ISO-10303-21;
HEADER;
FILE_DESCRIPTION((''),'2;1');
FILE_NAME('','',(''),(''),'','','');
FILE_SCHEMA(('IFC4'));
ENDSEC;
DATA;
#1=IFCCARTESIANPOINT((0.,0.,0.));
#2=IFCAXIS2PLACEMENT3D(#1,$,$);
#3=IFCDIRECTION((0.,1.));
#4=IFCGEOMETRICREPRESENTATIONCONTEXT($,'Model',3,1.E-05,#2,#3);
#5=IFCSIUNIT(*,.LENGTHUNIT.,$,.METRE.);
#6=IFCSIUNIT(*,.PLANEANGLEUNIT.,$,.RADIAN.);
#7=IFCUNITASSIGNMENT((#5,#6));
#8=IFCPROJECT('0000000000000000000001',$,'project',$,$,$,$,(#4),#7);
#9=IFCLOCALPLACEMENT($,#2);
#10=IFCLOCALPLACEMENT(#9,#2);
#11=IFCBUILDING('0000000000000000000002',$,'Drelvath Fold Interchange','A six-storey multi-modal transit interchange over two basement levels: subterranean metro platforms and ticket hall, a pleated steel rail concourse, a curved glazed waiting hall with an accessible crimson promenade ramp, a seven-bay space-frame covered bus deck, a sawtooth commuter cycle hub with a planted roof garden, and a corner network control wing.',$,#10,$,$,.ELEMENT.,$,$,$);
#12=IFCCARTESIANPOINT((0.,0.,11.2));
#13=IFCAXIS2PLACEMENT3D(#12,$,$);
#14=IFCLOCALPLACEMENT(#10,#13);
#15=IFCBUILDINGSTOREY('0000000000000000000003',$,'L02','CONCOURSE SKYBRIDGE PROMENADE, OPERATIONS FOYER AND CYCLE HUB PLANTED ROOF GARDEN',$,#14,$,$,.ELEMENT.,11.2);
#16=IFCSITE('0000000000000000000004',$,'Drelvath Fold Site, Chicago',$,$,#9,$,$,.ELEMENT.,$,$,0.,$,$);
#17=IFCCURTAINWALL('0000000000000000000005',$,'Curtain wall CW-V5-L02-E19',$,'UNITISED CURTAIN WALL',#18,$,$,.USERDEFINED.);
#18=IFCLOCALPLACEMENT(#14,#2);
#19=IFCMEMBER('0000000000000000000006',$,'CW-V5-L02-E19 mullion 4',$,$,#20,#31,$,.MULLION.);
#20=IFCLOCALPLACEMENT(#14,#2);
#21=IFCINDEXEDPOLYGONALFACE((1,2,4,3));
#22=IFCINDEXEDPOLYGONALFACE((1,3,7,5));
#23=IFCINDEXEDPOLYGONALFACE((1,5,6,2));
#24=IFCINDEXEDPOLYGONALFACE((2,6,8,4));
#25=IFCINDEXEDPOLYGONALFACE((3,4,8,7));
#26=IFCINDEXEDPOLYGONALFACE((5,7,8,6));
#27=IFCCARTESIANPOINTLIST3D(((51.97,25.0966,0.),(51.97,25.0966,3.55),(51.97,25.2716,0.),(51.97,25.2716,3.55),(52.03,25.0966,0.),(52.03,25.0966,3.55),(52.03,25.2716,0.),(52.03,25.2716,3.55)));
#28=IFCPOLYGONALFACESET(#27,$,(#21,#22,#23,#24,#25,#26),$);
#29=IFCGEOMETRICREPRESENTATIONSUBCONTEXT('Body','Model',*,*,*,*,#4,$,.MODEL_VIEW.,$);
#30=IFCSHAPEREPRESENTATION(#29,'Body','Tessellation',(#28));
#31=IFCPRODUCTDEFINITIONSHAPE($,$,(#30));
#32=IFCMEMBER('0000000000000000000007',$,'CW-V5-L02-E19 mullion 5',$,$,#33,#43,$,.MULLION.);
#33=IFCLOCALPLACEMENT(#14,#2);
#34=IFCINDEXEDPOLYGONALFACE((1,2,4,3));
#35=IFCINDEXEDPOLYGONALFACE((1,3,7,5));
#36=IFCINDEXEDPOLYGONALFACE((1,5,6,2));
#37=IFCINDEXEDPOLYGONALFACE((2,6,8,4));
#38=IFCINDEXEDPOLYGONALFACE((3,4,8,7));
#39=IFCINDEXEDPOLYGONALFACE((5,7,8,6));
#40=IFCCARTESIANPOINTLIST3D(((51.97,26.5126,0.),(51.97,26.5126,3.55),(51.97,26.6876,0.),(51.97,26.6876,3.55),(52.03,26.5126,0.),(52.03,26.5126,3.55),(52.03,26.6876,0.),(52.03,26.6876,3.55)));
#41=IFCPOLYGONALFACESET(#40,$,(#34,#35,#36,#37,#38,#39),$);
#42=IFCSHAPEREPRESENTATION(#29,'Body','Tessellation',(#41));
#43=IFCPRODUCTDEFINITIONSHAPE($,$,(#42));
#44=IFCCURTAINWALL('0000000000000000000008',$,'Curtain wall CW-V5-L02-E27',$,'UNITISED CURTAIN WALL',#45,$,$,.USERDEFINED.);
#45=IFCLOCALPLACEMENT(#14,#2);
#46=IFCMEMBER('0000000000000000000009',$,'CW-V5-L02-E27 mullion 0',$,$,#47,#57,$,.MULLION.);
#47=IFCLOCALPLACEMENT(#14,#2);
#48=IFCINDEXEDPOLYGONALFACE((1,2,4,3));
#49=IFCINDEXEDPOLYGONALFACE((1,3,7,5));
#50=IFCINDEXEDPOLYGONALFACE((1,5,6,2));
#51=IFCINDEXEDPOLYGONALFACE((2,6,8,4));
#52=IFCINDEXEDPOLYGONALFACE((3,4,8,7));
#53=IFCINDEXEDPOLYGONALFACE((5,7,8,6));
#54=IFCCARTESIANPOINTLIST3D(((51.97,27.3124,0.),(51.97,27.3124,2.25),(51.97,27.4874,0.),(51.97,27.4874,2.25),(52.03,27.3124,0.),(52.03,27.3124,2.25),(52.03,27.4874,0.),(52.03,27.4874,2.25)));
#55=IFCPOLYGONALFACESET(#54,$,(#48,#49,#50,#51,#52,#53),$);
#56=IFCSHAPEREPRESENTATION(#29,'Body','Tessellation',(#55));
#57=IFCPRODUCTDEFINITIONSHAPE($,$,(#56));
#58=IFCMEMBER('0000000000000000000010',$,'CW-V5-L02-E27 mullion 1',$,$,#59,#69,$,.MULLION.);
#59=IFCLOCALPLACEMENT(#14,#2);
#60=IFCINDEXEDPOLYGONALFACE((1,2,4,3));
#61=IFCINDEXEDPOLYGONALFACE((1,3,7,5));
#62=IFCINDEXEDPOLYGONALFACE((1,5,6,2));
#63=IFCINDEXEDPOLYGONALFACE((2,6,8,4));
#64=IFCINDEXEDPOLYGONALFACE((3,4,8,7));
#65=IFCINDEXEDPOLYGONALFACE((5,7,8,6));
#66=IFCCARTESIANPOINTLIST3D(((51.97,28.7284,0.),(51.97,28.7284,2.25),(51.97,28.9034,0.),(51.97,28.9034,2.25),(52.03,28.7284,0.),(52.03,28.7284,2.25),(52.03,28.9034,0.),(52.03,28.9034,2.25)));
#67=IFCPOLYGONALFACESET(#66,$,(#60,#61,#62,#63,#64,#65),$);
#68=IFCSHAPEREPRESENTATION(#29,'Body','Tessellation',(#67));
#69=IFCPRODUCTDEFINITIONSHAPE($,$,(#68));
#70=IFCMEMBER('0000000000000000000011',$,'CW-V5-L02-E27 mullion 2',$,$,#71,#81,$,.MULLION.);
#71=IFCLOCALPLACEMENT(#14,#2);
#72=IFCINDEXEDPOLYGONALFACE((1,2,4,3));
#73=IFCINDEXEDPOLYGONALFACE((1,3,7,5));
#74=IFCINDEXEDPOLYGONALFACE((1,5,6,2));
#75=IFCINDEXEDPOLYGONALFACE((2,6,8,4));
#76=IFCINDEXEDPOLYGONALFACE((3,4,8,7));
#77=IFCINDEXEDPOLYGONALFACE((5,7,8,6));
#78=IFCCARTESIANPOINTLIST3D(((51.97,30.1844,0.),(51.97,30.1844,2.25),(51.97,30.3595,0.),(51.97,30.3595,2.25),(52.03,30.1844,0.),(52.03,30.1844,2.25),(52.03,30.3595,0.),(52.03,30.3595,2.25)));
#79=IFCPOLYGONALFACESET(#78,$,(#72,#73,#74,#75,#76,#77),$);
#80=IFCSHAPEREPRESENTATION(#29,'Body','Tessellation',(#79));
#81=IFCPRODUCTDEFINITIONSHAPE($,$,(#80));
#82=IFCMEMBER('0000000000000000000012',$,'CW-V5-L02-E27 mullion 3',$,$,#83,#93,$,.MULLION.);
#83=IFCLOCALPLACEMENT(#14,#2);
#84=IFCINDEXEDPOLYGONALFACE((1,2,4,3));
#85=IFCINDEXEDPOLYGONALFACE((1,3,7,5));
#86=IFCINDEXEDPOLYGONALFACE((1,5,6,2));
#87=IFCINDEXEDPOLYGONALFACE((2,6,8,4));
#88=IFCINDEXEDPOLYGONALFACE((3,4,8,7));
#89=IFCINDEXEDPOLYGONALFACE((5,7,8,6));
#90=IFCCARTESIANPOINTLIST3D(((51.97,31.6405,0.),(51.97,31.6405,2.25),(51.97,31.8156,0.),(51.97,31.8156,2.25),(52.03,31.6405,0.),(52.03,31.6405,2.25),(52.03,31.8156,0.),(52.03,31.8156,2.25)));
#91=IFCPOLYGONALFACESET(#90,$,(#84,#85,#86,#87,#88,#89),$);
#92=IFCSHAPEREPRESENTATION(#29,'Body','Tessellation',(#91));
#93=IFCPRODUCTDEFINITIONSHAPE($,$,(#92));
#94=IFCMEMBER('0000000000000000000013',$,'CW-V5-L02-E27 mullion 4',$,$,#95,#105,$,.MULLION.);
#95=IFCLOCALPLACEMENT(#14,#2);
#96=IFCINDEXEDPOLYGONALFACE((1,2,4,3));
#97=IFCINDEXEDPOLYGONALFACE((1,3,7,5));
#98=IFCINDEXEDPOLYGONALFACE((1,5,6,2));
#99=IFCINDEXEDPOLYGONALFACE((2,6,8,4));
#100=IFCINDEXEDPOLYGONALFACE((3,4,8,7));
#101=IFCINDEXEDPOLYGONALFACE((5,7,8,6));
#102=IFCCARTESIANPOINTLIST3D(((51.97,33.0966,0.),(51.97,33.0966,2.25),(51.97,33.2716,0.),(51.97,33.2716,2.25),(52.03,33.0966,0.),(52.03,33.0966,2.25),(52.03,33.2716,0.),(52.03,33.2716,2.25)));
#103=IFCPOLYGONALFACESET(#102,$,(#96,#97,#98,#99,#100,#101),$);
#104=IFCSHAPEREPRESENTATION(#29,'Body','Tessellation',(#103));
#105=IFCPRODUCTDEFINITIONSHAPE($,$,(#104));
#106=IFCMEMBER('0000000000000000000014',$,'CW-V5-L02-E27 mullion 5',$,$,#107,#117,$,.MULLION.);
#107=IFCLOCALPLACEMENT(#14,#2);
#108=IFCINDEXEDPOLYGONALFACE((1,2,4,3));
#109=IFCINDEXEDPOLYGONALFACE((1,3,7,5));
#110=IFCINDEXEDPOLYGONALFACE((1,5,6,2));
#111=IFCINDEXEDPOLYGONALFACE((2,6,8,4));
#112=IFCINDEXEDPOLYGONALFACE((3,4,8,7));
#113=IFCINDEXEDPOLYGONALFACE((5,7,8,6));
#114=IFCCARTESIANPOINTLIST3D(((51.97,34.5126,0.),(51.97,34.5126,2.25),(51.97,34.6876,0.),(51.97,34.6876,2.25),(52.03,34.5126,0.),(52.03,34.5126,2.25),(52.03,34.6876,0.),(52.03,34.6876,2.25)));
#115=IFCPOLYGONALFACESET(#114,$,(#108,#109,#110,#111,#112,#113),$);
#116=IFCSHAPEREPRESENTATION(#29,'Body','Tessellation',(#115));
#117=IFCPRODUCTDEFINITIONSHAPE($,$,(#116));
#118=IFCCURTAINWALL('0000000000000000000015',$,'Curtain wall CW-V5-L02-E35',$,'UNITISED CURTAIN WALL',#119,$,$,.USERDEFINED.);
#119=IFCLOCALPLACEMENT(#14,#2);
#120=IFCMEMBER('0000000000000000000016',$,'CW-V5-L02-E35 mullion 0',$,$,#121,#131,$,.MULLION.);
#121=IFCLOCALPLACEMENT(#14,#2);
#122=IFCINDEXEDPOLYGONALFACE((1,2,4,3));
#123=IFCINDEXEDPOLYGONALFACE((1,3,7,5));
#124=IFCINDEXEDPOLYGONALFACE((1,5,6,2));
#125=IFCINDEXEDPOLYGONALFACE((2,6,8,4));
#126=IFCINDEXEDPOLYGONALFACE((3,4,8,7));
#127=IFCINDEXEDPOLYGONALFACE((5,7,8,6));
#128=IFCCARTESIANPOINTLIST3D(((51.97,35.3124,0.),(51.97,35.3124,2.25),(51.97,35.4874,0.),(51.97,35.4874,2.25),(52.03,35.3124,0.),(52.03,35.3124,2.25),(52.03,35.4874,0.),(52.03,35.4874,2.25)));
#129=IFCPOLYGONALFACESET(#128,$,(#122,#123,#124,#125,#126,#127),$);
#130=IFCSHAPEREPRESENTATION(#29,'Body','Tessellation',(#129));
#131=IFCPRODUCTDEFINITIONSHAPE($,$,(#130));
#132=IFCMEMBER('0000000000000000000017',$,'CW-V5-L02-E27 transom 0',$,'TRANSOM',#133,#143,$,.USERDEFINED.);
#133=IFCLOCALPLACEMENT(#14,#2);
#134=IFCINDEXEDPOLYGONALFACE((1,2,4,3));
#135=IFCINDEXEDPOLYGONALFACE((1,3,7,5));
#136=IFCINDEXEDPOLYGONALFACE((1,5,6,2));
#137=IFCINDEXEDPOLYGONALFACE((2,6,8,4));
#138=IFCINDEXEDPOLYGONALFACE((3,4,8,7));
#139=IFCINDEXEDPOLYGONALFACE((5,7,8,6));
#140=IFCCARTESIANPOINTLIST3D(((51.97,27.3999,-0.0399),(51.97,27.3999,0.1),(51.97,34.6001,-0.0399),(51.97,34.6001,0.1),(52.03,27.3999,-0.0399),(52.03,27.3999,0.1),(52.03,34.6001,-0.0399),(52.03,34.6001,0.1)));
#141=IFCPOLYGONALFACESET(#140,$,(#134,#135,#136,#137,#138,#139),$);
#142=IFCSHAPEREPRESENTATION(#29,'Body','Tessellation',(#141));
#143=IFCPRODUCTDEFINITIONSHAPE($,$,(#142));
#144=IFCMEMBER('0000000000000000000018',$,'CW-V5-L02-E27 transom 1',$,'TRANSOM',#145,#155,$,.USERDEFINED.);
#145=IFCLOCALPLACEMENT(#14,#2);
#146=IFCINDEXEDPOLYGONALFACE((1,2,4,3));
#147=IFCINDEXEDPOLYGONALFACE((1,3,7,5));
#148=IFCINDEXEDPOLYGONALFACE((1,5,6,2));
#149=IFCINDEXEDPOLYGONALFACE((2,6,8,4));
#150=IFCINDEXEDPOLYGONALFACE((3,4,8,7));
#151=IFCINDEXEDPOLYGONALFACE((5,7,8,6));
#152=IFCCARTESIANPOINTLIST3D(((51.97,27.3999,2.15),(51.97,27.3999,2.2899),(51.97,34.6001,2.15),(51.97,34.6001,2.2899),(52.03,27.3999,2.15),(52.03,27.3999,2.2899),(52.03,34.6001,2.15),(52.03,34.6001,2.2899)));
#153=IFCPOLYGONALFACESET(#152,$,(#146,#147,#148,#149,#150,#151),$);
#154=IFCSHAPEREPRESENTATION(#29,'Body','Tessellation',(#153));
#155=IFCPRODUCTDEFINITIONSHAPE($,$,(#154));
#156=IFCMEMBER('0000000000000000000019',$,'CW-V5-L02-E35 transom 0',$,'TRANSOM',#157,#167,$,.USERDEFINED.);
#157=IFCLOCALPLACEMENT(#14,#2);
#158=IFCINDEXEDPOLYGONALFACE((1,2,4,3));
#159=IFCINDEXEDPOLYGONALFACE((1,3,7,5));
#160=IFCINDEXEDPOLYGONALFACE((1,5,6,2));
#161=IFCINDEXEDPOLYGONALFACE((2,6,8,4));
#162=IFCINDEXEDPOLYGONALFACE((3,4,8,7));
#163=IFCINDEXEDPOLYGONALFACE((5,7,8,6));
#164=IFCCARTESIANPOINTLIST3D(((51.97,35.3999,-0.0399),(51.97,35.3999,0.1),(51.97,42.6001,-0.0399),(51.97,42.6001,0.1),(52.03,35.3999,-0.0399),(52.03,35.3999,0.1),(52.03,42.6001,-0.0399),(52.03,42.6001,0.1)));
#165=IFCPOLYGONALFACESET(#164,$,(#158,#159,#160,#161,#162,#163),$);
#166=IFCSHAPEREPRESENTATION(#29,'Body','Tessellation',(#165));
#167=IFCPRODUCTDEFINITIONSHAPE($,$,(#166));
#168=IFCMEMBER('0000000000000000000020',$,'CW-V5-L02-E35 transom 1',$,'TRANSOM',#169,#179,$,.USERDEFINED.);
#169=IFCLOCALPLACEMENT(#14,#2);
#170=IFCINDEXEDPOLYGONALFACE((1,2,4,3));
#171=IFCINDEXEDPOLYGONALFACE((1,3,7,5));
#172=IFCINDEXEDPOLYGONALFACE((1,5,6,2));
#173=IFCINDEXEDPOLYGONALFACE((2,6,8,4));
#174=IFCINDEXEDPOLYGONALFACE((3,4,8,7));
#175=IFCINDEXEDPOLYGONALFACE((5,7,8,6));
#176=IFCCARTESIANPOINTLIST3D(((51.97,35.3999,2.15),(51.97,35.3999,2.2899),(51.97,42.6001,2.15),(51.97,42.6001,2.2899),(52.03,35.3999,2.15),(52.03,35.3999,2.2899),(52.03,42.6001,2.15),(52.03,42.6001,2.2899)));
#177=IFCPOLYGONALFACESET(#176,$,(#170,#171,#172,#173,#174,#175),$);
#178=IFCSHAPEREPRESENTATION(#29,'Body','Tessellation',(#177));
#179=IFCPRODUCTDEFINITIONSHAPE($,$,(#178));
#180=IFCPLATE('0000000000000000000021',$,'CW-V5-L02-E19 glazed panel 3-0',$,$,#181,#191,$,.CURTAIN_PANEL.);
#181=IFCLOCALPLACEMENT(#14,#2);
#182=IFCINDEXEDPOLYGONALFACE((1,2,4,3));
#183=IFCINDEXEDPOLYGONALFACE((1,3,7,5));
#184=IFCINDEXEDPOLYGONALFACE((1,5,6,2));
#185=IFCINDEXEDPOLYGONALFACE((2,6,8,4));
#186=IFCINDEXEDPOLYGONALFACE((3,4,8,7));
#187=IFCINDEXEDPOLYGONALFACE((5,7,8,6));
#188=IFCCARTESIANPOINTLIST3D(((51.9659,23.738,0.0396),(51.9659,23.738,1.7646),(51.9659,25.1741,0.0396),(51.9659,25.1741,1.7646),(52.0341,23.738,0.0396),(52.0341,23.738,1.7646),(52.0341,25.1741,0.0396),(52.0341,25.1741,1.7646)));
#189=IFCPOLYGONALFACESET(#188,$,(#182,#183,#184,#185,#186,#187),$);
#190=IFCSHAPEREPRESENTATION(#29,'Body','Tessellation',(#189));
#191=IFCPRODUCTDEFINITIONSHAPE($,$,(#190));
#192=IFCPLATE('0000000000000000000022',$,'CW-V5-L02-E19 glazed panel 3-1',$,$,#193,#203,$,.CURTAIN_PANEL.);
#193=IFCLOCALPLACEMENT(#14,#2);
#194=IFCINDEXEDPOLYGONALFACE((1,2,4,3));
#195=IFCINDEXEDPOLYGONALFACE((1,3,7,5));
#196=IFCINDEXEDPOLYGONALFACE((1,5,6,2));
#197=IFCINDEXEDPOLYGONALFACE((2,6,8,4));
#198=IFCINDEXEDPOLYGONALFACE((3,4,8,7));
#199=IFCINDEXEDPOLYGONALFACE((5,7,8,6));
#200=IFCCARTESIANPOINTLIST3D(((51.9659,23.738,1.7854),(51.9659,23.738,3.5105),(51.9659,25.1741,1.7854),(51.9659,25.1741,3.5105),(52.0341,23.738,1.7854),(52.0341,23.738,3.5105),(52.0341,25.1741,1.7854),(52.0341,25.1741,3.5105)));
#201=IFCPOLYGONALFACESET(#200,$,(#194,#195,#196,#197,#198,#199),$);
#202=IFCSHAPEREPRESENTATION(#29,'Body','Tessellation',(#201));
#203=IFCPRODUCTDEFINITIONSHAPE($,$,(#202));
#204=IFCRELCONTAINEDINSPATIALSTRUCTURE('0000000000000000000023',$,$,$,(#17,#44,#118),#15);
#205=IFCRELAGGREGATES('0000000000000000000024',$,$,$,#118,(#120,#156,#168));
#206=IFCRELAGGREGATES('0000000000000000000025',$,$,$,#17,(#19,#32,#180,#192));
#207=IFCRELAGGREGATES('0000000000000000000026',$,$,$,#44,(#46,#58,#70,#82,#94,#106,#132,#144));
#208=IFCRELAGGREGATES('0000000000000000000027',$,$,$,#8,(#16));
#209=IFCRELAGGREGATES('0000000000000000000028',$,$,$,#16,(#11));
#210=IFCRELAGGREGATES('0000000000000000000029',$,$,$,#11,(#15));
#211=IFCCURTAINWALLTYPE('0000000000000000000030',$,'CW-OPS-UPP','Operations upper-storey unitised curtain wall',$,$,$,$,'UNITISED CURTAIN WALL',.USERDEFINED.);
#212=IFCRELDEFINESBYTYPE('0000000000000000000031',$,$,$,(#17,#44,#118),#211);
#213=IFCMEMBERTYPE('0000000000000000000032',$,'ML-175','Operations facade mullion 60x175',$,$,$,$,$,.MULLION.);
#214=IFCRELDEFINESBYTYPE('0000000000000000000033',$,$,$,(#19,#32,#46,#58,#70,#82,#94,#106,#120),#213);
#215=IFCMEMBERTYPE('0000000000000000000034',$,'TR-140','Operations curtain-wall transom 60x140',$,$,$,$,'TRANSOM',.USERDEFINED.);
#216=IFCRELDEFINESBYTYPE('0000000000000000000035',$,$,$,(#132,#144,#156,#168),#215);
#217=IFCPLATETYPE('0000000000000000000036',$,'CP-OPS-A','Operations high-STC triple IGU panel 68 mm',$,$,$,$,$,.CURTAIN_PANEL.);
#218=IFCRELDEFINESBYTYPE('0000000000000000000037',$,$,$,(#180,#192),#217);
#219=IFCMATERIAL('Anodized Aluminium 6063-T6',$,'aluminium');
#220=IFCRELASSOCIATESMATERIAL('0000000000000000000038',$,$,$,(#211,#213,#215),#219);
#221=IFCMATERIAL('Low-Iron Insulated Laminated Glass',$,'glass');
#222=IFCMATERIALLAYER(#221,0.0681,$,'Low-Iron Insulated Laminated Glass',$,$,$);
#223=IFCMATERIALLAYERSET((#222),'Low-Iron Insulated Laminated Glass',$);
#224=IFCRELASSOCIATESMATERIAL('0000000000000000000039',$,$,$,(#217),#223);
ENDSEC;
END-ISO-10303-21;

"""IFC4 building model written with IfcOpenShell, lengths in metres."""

from ifc_helpers import new_model, si_unit, direction, frame, origin, origin_2d, place, context, subcontext, project, spatial, rectangle, extrude, material, layer, layer_set, material_profile, profile_set, type_object, element, aggregate, save


model = new_model("IFC4")

# Units and contexts
model_context = context("Model", 3, precision=1e-05, world=origin(), true_north=direction((0.0, 1.0)))
body_context = subcontext(model_context, "Body", "Model", "MODEL_VIEW")
ifc_project = project(units=[si_unit("LENGTHUNIT", "METRE"), si_unit("PLANEANGLEUNIT", "RADIAN")], contexts=[model_context])

# Site, building, storey
site_placement = place(None, origin())
site = spatial("IfcSite", under=ifc_project, at=site_placement, Name="Drelvath Fold Site, Chicago", CompositionType="ELEMENT", RefElevation=0.0)
building_placement = place(site_placement, origin())
building = spatial("IfcBuilding", under=site, at=building_placement, Name="Drelvath Fold Interchange", Description="A six-storey multi-modal transit interchange over two basement levels: subterranean metro platforms and ticket hall, a pleated steel rail concourse, a curved glazed waiting hall with an accessible crimson promenade ramp, a seven-bay space-frame covered bus deck, a sawtooth commuter cycle hub with a planted roof garden, and a corner network control wing.", CompositionType="ELEMENT")
storey_placement = place(building_placement, frame((0.0, 0.0, 11.2)))
storey = spatial("IfcBuildingStorey", under=building, at=storey_placement, Name="L02", Description="CONCOURSE SKYBRIDGE PROMENADE, OPERATIONS FOYER AND CYCLE HUB PLANTED ROOF GARDEN", CompositionType="ELEMENT", Elevation=11.2)

# Curtain walls, members
ifc_material_1 = material(Name="Anodized Aluminium 6063-T6", Category="aluminium")
curtain_wall_type = type_object("IfcCurtainWallType", Name="CW-OPS-UPP", Description="Operations upper-storey unitised curtain wall", ElementType="UNITISED CURTAIN WALL", PredefinedType="USERDEFINED", material=ifc_material_1)
curtain_wall_1_placement = place(storey_placement, origin())
curtain_wall_1 = element("IfcCurtainWall", 1, at=curtain_wall_1_placement, inside=storey, type_object=curtain_wall_type, Name="Curtain wall CW-V5-L02-E19", ObjectType="UNITISED CURTAIN WALL", PredefinedType="USERDEFINED")
ifc_material_profile_1 = material_profile(ifc_material_1, rectangle(XDim=0.0601, YDim=0.175, at=origin_2d()), Name="AL-M 60x175")
ifc_profile_set_1 = profile_set([ifc_material_profile_1], Name="Anodized Aluminium 6063-T6")
member_type_1 = type_object("IfcMemberType", Name="ML-175", Description="Operations facade mullion 60x175", PredefinedType="MULLION", material=ifc_profile_set_1)
member_1_placement = place(storey_placement, frame((52.0, 25.1841, 0.0), z_axis=(0.0, 0.0, 1.0), x_axis=(1.0, 0.0, 0.0)))
member_1 = element("IfcMember", 2, at=member_1_placement, type_object=member_type_1, Name="CW-V5-L02-E19 mullion 4", PredefinedType="MULLION", context=body_context, shape_type="SweptSolid", body=[
    extrude(rectangle(XDim=0.0601, YDim=0.175, at=origin_2d()), origin(), (0.0, 0.0, 1.0), 3.55),
])
member_2_placement = place(storey_placement, frame((52.0, 26.6001, 0.0), z_axis=(0.0, 0.0, 1.0), x_axis=(1.0, 0.0, 0.0)))
member_2 = element("IfcMember", 3, at=member_2_placement, type_object=member_type_1, Name="CW-V5-L02-E19 mullion 5", PredefinedType="MULLION", context=body_context, shape_type="SweptSolid", body=[
    extrude(rectangle(XDim=0.0601, YDim=0.175, at=origin_2d()), origin(), (0.0, 0.0, 1.0), 3.55),
])
curtain_wall_2_placement = place(storey_placement, origin())
curtain_wall_2 = element("IfcCurtainWall", 4, at=curtain_wall_2_placement, inside=storey, type_object=curtain_wall_type, Name="Curtain wall CW-V5-L02-E27", ObjectType="UNITISED CURTAIN WALL", PredefinedType="USERDEFINED")
member_3_placement = place(storey_placement, frame((52.0, 27.3999, 0.0), z_axis=(0.0, 0.0, 1.0), x_axis=(1.0, 0.0, 0.0)))
member_3 = element("IfcMember", 5, at=member_3_placement, type_object=member_type_1, Name="CW-V5-L02-E27 mullion 0", PredefinedType="MULLION", context=body_context, shape_type="SweptSolid", body=[
    extrude(rectangle(XDim=0.0601, YDim=0.175, at=origin_2d()), origin(), (0.0, 0.0, 1.0), 2.25),
])
member_4_placement = place(storey_placement, frame((52.0, 28.8159, 0.0), z_axis=(0.0, 0.0, 1.0), x_axis=(1.0, 0.0, 0.0)))
member_4 = element("IfcMember", 6, at=member_4_placement, type_object=member_type_1, Name="CW-V5-L02-E27 mullion 1", PredefinedType="MULLION", context=body_context, shape_type="SweptSolid", body=[
    extrude(rectangle(XDim=0.0601, YDim=0.175, at=origin_2d()), origin(), (0.0, 0.0, 1.0), 2.25),
])
member_5_placement = place(storey_placement, frame((52.0, 30.272, 0.0), z_axis=(0.0, 0.0, 1.0), x_axis=(1.0, 0.0, 0.0)))
member_5 = element("IfcMember", 7, at=member_5_placement, type_object=member_type_1, Name="CW-V5-L02-E27 mullion 2", PredefinedType="MULLION", context=body_context, shape_type="SweptSolid", body=[
    extrude(rectangle(XDim=0.0601, YDim=0.175, at=origin_2d()), origin(), (0.0, 0.0, 1.0), 2.25),
])
member_6_placement = place(storey_placement, frame((52.0, 31.728, 0.0), z_axis=(0.0, 0.0, 1.0), x_axis=(1.0, 0.0, 0.0)))
member_6 = element("IfcMember", 8, at=member_6_placement, type_object=member_type_1, Name="CW-V5-L02-E27 mullion 3", PredefinedType="MULLION", context=body_context, shape_type="SweptSolid", body=[
    extrude(rectangle(XDim=0.0601, YDim=0.175, at=origin_2d()), origin(), (0.0, 0.0, 1.0), 2.25),
])
member_7_placement = place(storey_placement, frame((52.0, 33.1841, 0.0), z_axis=(0.0, 0.0, 1.0), x_axis=(1.0, 0.0, 0.0)))
member_7 = element("IfcMember", 9, at=member_7_placement, type_object=member_type_1, Name="CW-V5-L02-E27 mullion 4", PredefinedType="MULLION", context=body_context, shape_type="SweptSolid", body=[
    extrude(rectangle(XDim=0.0601, YDim=0.175, at=origin_2d()), origin(), (0.0, 0.0, 1.0), 2.25),
])
member_8_placement = place(storey_placement, frame((52.0, 34.6001, 0.0), z_axis=(0.0, 0.0, 1.0), x_axis=(1.0, 0.0, 0.0)))
member_8 = element("IfcMember", 10, at=member_8_placement, type_object=member_type_1, Name="CW-V5-L02-E27 mullion 5", PredefinedType="MULLION", context=body_context, shape_type="SweptSolid", body=[
    extrude(rectangle(XDim=0.0601, YDim=0.175, at=origin_2d()), origin(), (0.0, 0.0, 1.0), 2.25),
])

# Curtain wall, member
curtain_wall_3_placement = place(storey_placement, origin())
curtain_wall_3 = element("IfcCurtainWall", 11, at=curtain_wall_3_placement, inside=storey, type_object=curtain_wall_type, Name="Curtain wall CW-V5-L02-E35", ObjectType="UNITISED CURTAIN WALL", PredefinedType="USERDEFINED")
member_9_placement = place(storey_placement, frame((52.0, 35.3999, 0.0), z_axis=(0.0, 0.0, 1.0), x_axis=(1.0, 0.0, 0.0)))
member_9 = element("IfcMember", 12, at=member_9_placement, type_object=member_type_1, Name="CW-V5-L02-E35 mullion 0", PredefinedType="MULLION", context=body_context, shape_type="SweptSolid", body=[
    extrude(rectangle(XDim=0.0601, YDim=0.175, at=origin_2d()), origin(), (0.0, 0.0, 1.0), 2.25),
])

# Members
ifc_material_profile_2 = material_profile(ifc_material_1, rectangle(XDim=0.0601, YDim=0.1399, at=origin_2d()), Name="AL-T 60x140")
ifc_profile_set_2 = profile_set([ifc_material_profile_2], Name="Anodized Aluminium 6063-T6")
member_type_2 = type_object("IfcMemberType", Name="TR-140", Description="Operations curtain-wall transom 60x140", ElementType="TRANSOM", PredefinedType="USERDEFINED", material=ifc_profile_set_2)
member_10_placement = place(storey_placement, frame((52.0, 27.3999, 0.03), z_axis=(0.0, 1.0, 0.0), x_axis=(-1.0, 0.0, 0.0)))
member_10 = element("IfcMember", 13, at=member_10_placement, type_object=member_type_2, Name="CW-V5-L02-E27 transom 0", ObjectType="TRANSOM", PredefinedType="USERDEFINED", context=body_context, shape_type="SweptSolid", body=[
    extrude(rectangle(XDim=0.0601, YDim=0.1399, at=origin_2d()), origin(), (0.0, 0.0, 1.0), 7.2002),
])
member_11_placement = place(storey_placement, frame((52.0, 27.3999, 2.22), z_axis=(0.0, 1.0, 0.0), x_axis=(-1.0, 0.0, 0.0)))
member_11 = element("IfcMember", 14, at=member_11_placement, type_object=member_type_2, Name="CW-V5-L02-E27 transom 1", ObjectType="TRANSOM", PredefinedType="USERDEFINED", context=body_context, shape_type="SweptSolid", body=[
    extrude(rectangle(XDim=0.0601, YDim=0.1399, at=origin_2d()), origin(), (0.0, 0.0, 1.0), 7.2002),
])
member_12_placement = place(storey_placement, frame((52.0, 35.3999, 0.03), z_axis=(0.0, 1.0, 0.0), x_axis=(-1.0, 0.0, 0.0)))
member_12 = element("IfcMember", 15, at=member_12_placement, type_object=member_type_2, Name="CW-V5-L02-E35 transom 0", ObjectType="TRANSOM", PredefinedType="USERDEFINED", context=body_context, shape_type="SweptSolid", body=[
    extrude(rectangle(XDim=0.0601, YDim=0.1399, at=origin_2d()), origin(), (0.0, 0.0, 1.0), 7.2002),
])
member_13_placement = place(storey_placement, frame((52.0, 35.3999, 2.22), z_axis=(0.0, 1.0, 0.0), x_axis=(-1.0, 0.0, 0.0)))
member_13 = element("IfcMember", 16, at=member_13_placement, type_object=member_type_2, Name="CW-V5-L02-E35 transom 1", ObjectType="TRANSOM", PredefinedType="USERDEFINED", context=body_context, shape_type="SweptSolid", body=[
    extrude(rectangle(XDim=0.0601, YDim=0.1399, at=origin_2d()), origin(), (0.0, 0.0, 1.0), 7.2002),
])
aggregate(curtain_wall_3, [member_9, member_12, member_13])

# Plates
ifc_material_2 = material(Name="Low-Iron Insulated Laminated Glass", Category="glass")
ifc_layer = layer(ifc_material_2, 0.0681, Name="Low-Iron Insulated Laminated Glass")
ifc_layer_set = layer_set([ifc_layer], Name="Low-Iron Insulated Laminated Glass")
plate_type = type_object("IfcPlateType", Name="CP-OPS-A", Description="Operations high-STC triple IGU panel 68 mm", PredefinedType="CURTAIN_PANEL", material=ifc_layer_set)
plate_1_placement = place(storey_placement, frame((52.0, 24.4561, 0.0396), z_axis=(0.0, 0.0, 1.0), x_axis=(0.0, 1.0, 0.0)))
plate_1 = element("IfcPlate", 17, at=plate_1_placement, type_object=plate_type, Name="CW-V5-L02-E19 glazed panel 3-0", PredefinedType="CURTAIN_PANEL", context=body_context, shape_type="SweptSolid", body=[
    extrude(rectangle(XDim=1.436, YDim=0.0681, at=origin_2d()), origin(), (0.0, 0.0, 1.0), 1.7251),
])
plate_2_placement = place(storey_placement, frame((52.0, 24.4561, 1.7854), z_axis=(0.0, 0.0, 1.0), x_axis=(0.0, 1.0, 0.0)))
plate_2 = element("IfcPlate", 18, at=plate_2_placement, type_object=plate_type, Name="CW-V5-L02-E19 glazed panel 3-1", PredefinedType="CURTAIN_PANEL", context=body_context, shape_type="SweptSolid", body=[
    extrude(rectangle(XDim=1.436, YDim=0.0681, at=origin_2d()), origin(), (0.0, 0.0, 1.0), 1.7251),
])
aggregate(curtain_wall_1, [member_1, member_2, plate_1, plate_2])
aggregate(curtain_wall_2, [member_3, member_4, member_5, member_6, member_7, member_8, member_10, member_11])

save(model, "model.ifc")
